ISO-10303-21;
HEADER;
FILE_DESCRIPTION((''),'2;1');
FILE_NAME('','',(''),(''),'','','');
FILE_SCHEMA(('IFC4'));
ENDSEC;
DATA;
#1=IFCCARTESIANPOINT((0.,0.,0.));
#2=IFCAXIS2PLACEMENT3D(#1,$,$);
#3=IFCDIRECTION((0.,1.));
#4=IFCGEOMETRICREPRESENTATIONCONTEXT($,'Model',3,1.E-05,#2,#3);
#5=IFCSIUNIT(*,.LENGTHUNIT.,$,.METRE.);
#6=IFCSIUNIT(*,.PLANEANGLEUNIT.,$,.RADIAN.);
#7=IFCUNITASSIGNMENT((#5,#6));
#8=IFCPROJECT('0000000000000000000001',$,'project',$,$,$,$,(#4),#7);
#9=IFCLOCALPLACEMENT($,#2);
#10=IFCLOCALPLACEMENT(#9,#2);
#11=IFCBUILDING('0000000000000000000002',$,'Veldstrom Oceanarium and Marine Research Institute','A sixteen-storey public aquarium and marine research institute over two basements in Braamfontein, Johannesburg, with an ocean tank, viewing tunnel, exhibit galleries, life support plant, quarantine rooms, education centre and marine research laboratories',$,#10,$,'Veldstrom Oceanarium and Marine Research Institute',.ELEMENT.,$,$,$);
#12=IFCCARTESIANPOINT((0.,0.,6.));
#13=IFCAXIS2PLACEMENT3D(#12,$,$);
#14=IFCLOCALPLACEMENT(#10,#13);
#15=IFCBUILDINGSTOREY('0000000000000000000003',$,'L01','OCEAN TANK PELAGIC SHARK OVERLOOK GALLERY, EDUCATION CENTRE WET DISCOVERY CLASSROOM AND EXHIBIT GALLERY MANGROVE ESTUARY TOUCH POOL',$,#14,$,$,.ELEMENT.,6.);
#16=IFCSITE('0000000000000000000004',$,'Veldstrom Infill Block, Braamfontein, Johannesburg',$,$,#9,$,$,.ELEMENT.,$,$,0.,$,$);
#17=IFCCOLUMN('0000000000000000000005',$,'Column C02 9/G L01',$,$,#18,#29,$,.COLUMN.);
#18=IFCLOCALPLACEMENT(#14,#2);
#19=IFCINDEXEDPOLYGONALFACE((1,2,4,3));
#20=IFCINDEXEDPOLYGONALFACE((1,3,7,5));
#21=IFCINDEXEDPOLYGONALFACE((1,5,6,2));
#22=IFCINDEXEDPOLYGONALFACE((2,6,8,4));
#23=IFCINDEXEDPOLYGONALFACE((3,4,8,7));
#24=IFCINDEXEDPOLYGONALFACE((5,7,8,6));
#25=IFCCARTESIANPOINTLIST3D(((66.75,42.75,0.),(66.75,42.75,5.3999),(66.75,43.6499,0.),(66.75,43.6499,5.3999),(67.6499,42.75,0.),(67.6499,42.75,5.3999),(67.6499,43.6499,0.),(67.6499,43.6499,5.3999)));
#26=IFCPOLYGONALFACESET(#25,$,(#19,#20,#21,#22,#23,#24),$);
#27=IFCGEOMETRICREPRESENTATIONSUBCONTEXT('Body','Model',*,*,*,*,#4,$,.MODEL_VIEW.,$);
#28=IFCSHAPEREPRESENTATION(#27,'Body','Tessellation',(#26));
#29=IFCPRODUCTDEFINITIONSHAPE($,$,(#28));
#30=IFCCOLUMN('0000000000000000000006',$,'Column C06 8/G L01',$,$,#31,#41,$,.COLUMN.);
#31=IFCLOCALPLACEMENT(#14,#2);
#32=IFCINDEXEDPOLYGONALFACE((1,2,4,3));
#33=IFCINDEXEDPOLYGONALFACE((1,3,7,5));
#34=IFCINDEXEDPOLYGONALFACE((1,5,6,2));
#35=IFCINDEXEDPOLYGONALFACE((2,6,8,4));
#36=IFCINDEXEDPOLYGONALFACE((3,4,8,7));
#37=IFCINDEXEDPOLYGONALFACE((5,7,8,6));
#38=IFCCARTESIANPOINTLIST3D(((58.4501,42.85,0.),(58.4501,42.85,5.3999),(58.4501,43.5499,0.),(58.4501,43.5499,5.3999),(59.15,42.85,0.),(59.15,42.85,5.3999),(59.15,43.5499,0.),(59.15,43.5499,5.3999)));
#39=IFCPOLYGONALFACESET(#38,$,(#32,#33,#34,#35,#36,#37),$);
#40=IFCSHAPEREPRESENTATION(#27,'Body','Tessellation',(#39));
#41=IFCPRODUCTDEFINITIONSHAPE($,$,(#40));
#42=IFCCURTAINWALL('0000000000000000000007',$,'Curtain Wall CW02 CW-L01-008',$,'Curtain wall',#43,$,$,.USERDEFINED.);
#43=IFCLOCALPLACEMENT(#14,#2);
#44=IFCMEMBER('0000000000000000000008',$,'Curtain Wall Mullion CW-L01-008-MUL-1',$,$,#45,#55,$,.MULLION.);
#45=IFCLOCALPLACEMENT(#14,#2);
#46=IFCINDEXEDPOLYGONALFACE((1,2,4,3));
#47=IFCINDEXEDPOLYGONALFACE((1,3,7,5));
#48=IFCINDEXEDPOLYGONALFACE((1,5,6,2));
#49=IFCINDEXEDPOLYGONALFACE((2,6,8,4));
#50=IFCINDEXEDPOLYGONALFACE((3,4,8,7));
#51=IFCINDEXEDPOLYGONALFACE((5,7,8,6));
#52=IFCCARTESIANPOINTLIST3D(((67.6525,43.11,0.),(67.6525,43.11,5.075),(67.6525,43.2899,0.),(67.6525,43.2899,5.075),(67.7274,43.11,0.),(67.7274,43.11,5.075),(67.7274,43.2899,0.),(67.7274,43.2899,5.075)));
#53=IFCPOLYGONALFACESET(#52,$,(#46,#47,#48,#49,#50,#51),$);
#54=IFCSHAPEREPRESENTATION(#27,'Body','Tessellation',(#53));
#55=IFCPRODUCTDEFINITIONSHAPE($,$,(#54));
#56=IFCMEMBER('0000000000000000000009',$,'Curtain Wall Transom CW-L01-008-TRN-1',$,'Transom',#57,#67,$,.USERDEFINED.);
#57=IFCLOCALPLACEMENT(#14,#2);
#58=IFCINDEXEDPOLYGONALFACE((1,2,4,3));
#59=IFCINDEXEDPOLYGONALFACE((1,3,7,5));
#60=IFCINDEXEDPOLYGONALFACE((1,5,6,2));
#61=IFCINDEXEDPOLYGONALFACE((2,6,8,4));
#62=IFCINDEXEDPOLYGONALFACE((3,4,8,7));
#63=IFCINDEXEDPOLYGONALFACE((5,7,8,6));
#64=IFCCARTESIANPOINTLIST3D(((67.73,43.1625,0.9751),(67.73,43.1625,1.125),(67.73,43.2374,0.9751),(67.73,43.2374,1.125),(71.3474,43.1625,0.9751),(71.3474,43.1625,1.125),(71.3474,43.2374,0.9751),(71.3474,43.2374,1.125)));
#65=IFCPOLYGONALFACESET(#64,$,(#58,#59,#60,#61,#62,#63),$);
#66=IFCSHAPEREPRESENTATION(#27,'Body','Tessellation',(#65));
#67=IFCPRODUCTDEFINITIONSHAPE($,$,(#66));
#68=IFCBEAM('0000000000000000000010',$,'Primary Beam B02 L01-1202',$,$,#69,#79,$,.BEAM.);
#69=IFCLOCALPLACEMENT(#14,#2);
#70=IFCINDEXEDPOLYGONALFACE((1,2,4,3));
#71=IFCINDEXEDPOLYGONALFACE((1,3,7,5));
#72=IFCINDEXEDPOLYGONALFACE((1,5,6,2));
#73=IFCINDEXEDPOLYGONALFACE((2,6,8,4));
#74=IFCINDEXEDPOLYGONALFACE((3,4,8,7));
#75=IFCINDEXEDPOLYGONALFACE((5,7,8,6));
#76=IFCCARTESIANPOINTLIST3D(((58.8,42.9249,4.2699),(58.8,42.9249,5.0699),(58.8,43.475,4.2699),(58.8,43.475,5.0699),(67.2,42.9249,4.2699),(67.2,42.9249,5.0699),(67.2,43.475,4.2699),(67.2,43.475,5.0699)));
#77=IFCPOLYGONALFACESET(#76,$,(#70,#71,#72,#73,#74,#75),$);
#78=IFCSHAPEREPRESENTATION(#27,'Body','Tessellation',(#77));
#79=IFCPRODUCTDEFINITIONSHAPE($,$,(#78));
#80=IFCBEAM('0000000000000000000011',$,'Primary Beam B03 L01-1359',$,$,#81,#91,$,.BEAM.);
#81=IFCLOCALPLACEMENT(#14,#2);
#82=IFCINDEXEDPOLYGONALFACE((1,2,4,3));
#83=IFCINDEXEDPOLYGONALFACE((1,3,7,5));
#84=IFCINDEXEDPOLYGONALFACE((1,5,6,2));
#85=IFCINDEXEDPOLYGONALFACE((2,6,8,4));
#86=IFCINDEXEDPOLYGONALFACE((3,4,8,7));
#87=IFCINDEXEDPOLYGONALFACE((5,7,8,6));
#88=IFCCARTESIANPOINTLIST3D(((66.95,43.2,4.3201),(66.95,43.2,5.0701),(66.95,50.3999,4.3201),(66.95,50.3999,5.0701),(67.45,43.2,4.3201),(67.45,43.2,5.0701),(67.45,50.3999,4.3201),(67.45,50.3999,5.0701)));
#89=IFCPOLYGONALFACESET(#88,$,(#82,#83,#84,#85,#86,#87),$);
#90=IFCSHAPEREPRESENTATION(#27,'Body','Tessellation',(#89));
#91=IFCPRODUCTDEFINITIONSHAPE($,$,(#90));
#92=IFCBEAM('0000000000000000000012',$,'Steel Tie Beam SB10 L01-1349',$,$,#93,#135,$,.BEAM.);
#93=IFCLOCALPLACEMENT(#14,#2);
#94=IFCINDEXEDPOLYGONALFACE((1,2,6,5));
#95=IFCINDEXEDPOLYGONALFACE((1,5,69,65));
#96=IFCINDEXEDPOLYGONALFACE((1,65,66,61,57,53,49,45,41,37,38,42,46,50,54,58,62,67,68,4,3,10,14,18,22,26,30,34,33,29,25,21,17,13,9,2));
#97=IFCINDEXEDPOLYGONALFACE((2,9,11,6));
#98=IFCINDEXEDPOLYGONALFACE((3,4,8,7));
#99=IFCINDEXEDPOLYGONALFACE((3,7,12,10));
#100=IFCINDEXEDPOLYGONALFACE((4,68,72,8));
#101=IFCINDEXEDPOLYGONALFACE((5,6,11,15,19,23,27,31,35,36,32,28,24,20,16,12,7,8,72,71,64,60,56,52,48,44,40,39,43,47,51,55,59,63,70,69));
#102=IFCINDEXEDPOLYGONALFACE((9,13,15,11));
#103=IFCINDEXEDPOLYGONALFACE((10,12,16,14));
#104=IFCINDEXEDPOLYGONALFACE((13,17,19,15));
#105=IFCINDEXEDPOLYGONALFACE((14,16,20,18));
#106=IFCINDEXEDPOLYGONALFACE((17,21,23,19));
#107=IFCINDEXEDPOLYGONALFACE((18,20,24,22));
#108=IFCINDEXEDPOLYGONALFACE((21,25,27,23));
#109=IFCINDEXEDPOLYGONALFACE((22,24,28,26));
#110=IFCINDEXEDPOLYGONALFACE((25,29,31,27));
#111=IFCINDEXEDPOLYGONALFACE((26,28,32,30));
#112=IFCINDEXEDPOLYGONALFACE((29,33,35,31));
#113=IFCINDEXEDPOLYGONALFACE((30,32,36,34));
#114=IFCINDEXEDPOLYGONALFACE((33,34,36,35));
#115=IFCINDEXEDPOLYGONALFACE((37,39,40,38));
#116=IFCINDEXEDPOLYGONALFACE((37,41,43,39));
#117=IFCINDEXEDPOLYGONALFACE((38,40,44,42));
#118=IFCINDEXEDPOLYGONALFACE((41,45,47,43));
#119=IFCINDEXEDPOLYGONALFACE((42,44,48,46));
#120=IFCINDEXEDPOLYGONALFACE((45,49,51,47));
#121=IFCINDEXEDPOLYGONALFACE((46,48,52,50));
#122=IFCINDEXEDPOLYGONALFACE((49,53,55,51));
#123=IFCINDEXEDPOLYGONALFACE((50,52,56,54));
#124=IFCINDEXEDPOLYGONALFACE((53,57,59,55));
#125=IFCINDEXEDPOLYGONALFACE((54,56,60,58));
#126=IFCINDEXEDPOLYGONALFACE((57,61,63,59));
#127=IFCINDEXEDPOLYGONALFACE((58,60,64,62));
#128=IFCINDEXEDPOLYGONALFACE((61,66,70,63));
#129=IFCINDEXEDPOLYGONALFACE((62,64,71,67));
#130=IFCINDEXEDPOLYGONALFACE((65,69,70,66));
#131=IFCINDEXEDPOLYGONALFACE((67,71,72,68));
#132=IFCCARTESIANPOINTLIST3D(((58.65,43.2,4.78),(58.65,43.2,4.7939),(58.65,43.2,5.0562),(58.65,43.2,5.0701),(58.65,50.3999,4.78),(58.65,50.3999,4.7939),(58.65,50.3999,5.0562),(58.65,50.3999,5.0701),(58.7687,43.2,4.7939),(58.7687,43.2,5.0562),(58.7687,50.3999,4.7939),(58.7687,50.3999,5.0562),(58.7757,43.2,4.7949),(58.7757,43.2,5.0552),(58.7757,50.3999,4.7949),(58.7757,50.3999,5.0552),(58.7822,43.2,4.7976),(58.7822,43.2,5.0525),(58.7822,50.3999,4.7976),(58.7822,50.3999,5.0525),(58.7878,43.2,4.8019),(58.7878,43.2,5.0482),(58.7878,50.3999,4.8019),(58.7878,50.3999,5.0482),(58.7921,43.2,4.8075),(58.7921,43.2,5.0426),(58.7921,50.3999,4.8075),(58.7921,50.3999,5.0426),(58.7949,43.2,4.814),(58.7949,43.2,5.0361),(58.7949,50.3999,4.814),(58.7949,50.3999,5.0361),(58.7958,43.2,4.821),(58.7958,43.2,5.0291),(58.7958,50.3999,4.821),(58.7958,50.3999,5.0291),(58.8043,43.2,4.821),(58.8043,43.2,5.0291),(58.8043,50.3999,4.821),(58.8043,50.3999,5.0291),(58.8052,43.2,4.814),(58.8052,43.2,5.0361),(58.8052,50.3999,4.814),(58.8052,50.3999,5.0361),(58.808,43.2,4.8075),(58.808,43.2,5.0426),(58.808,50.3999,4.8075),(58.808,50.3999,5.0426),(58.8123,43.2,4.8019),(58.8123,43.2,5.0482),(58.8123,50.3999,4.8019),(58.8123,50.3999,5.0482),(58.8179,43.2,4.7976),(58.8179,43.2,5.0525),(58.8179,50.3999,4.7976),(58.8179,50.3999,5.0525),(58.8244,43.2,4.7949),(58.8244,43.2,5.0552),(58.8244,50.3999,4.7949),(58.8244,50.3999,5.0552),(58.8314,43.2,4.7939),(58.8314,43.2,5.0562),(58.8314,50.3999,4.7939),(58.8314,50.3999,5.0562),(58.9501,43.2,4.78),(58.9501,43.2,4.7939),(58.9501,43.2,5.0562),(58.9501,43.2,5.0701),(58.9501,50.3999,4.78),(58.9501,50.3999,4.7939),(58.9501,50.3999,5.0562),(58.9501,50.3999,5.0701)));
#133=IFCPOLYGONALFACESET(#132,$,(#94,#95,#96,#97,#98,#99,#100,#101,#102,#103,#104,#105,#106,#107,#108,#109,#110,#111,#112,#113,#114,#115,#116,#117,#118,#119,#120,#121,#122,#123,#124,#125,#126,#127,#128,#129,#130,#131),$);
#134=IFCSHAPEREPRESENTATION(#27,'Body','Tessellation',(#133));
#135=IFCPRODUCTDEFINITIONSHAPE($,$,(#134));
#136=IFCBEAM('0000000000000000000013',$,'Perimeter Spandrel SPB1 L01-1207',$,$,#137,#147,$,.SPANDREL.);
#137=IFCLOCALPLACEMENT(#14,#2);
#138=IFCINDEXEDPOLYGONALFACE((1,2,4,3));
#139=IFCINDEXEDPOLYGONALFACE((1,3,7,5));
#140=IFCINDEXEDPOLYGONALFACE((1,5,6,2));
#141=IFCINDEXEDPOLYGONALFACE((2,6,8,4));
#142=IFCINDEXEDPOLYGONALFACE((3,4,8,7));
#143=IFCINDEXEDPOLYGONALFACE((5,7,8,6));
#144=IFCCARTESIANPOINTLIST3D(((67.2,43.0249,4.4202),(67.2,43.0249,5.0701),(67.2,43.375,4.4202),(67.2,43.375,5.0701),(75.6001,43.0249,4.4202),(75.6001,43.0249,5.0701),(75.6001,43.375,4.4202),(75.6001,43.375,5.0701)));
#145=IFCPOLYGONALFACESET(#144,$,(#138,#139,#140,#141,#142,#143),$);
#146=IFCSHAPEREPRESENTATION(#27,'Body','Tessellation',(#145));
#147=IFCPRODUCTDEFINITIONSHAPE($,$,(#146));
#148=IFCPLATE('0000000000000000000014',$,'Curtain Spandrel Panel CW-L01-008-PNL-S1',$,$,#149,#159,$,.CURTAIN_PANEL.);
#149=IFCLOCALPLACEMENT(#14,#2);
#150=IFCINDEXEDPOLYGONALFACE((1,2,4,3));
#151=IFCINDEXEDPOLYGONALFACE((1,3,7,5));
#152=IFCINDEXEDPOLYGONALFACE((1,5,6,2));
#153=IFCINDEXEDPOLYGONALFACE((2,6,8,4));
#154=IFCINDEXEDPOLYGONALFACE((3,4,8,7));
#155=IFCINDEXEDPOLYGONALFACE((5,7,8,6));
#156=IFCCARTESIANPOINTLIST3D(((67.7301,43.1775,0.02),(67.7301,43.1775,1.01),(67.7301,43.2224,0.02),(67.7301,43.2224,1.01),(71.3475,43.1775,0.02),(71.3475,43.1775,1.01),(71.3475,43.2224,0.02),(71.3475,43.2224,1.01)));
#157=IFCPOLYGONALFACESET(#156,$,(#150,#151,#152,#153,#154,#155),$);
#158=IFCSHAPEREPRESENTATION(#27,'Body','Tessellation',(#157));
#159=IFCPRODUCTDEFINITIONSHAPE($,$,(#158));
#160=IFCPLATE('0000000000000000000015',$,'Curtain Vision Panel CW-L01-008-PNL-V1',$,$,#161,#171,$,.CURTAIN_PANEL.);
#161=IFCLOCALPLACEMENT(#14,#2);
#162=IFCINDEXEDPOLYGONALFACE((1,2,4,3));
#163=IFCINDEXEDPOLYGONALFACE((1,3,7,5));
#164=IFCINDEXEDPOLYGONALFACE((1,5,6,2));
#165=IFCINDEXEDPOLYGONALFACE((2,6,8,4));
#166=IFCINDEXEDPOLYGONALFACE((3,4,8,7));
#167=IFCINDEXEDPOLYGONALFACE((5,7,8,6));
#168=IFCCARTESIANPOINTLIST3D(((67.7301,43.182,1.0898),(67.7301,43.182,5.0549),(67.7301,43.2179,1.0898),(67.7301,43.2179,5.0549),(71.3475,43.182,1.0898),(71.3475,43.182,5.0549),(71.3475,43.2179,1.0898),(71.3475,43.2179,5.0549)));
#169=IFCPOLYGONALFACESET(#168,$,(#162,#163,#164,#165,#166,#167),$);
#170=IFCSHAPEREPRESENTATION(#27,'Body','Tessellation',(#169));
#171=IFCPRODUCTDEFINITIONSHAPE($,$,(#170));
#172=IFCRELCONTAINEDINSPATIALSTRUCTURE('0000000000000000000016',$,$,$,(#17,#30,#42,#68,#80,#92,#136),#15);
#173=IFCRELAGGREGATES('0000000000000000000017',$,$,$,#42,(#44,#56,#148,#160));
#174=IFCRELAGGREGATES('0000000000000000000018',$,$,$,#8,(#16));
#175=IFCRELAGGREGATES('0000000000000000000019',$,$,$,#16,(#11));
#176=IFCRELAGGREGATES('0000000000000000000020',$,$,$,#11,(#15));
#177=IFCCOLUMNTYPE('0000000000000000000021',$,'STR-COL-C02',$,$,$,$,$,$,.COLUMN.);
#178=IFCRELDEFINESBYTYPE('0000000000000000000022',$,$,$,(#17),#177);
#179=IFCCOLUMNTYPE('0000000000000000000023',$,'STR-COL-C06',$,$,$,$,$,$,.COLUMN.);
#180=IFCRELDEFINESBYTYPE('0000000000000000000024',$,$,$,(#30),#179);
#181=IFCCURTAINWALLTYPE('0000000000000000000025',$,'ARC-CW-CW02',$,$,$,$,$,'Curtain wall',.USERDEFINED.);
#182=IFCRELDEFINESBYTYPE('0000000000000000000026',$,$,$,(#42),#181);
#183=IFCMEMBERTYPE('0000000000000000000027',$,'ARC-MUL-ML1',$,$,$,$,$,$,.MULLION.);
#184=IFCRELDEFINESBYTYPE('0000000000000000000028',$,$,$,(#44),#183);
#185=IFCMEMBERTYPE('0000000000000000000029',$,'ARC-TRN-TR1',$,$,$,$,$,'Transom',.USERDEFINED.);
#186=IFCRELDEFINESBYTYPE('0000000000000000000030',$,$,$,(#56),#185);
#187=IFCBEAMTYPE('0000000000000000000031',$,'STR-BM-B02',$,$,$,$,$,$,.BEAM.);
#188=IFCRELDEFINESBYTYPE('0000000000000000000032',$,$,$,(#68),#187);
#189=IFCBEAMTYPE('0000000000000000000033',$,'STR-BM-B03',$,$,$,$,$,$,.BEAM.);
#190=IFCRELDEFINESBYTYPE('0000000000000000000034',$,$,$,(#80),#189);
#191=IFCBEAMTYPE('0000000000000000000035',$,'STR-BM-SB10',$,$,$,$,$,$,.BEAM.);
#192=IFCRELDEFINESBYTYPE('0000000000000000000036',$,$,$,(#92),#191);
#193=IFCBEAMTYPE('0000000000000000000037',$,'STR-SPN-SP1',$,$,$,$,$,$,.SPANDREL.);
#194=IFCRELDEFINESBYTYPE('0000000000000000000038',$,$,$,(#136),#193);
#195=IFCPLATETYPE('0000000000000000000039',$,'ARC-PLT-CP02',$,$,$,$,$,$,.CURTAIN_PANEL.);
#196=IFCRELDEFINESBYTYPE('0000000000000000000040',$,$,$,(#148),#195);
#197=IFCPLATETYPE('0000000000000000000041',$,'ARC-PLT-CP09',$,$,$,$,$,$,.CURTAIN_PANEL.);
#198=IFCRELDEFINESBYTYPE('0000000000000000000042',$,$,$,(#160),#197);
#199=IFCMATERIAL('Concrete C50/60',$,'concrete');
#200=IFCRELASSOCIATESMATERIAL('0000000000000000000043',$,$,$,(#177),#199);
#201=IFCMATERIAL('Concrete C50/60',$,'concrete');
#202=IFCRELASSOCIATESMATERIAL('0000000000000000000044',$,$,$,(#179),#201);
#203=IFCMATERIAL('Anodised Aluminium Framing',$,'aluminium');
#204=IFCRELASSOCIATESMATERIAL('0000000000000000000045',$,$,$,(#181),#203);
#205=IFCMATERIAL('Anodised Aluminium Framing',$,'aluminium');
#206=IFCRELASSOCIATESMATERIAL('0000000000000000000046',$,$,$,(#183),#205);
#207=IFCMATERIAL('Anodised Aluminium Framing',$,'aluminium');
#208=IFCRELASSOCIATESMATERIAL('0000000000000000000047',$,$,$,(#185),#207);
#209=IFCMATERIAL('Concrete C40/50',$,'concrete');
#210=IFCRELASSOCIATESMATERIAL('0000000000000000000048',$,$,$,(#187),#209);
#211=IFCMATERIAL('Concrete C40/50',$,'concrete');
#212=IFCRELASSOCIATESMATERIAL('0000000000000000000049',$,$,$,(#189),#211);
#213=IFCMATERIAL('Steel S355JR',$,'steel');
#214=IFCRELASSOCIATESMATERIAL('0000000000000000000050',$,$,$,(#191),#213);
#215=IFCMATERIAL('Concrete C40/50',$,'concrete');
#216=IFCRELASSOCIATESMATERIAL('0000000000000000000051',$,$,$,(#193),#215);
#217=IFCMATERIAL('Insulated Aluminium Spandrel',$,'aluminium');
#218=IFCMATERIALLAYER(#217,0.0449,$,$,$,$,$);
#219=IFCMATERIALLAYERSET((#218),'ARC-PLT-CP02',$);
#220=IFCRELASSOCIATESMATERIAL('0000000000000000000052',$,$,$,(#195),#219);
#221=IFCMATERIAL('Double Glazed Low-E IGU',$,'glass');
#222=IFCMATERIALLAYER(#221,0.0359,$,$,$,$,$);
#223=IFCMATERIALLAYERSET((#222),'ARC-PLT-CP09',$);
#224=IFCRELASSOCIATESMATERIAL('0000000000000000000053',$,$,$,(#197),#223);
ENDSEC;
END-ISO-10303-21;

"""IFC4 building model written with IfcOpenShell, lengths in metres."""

from ifc_helpers import new_model, si_unit, direction, frame, origin, origin_2d, place, context, subcontext, project, spatial, rectangle, i_section, extrude, material, layer, layer_set, material_profile, profile_set, type_object, element, aggregate, save


model = new_model("IFC4")

# Units and contexts
model_context = context("Model", 3, precision=1e-05, world=origin(), true_north=direction((0.0, 1.0)))
body_context = subcontext(model_context, "Body", "Model", "MODEL_VIEW")
ifc_project = project(units=[si_unit("LENGTHUNIT", "METRE"), si_unit("PLANEANGLEUNIT", "RADIAN")], contexts=[model_context])

# Site, building, storey
site_placement = place(None, origin())
site = spatial("IfcSite", under=ifc_project, at=site_placement, Name="Veldstrom Infill Block, Braamfontein, Johannesburg", CompositionType="ELEMENT", RefElevation=0.0)
building_placement = place(site_placement, origin())
building = spatial("IfcBuilding", under=site, at=building_placement, Name="Veldstrom Oceanarium and Marine Research Institute", Description="A sixteen-storey public aquarium and marine research institute over two basements in Braamfontein, Johannesburg, with an ocean tank, viewing tunnel, exhibit galleries, life support plant, quarantine rooms, education centre and marine research laboratories", LongName="Veldstrom Oceanarium and Marine Research Institute", CompositionType="ELEMENT")
storey_placement = place(building_placement, frame((0.0, 0.0, 6.0)))
storey = spatial("IfcBuildingStorey", under=building, at=storey_placement, Name="L01", Description="OCEAN TANK PELAGIC SHARK OVERLOOK GALLERY, EDUCATION CENTRE WET DISCOVERY CLASSROOM AND EXHIBIT GALLERY MANGROVE ESTUARY TOUCH POOL", CompositionType="ELEMENT", Elevation=6.0)

# Columns
ifc_material_1 = material(Name="Concrete C50/60", Category="concrete")
ifc_material_profile_1 = material_profile(ifc_material_1, rectangle(XDim=0.8999, YDim=0.8999, at=origin_2d()), Name="RC-COL-900x900")
ifc_profile_set_1 = profile_set([ifc_material_profile_1], Name="Concrete C50/60")
column_type_1 = type_object("IfcColumnType", Name="STR-COL-C02", PredefinedType="COLUMN", material=ifc_profile_set_1)
column_1_placement = place(storey_placement, frame((67.2, 43.2, 0.0), z_axis=(0.0, 0.0, 1.0), x_axis=(1.0, 0.0, 0.0)))
element("IfcColumn", 1, at=column_1_placement, inside=storey, type_object=column_type_1, Name="Column C02 9/G L01", PredefinedType="COLUMN", context=body_context, shape_type="SweptSolid", body=[
    extrude(rectangle(XDim=0.8999, YDim=0.8999, at=origin_2d()), origin(), (0.0, 0.0, 1.0), 5.3999),
])
ifc_material_2 = material(Name="Concrete C50/60", Category="concrete")
ifc_material_profile_2 = material_profile(ifc_material_2, rectangle(XDim=0.7, YDim=0.7, at=origin_2d()), Name="RC-COL-700x700")
ifc_profile_set_2 = profile_set([ifc_material_profile_2], Name="Concrete C50/60")
column_type_2 = type_object("IfcColumnType", Name="STR-COL-C06", PredefinedType="COLUMN", material=ifc_profile_set_2)
column_2_placement = place(storey_placement, frame((58.8, 43.2, 0.0), z_axis=(0.0, 0.0, 1.0), x_axis=(1.0, 0.0, 0.0)))
element("IfcColumn", 2, at=column_2_placement, inside=storey, type_object=column_type_2, Name="Column C06 8/G L01", PredefinedType="COLUMN", context=body_context, shape_type="SweptSolid", body=[
    extrude(rectangle(XDim=0.7, YDim=0.7, at=origin_2d()), origin(), (0.0, 0.0, 1.0), 5.3999),
])

# Curtain wall, members
ifc_material_3 = material(Name="Anodised Aluminium Framing", Category="aluminium")
curtain_wall_type = type_object("IfcCurtainWallType", Name="ARC-CW-CW02", ElementType="Curtain wall", PredefinedType="USERDEFINED", material=ifc_material_3)
curtain_wall_placement = place(storey_placement, origin())
curtain_wall = element("IfcCurtainWall", 3, at=curtain_wall_placement, inside=storey, type_object=curtain_wall_type, Name="Curtain Wall CW02 CW-L01-008", ObjectType="Curtain wall", PredefinedType="USERDEFINED")
ifc_material_4 = material(Name="Anodised Aluminium Framing", Category="aluminium")
ifc_material_profile_3 = material_profile(ifc_material_4, rectangle(XDim=0.075, YDim=0.1799, at=origin_2d()), Name="ALU-MUL-75x180")
ifc_profile_set_3 = profile_set([ifc_material_profile_3], Name="Anodised Aluminium Framing")
member_type_1 = type_object("IfcMemberType", Name="ARC-MUL-ML1", PredefinedType="MULLION", material=ifc_profile_set_3)
member_1_placement = place(storey_placement, frame((67.6899, 43.2, 0.0), z_axis=(0.0, 0.0, 1.0), x_axis=(1.0, 0.0, 0.0)))
member_1 = element("IfcMember", 4, at=member_1_placement, type_object=member_type_1, Name="Curtain Wall Mullion CW-L01-008-MUL-1", PredefinedType="MULLION", context=body_context, shape_type="SweptSolid", body=[
    extrude(rectangle(XDim=0.075, YDim=0.1799, at=origin_2d()), origin(), (0.0, 0.0, 1.0), 5.075),
])
ifc_material_5 = material(Name="Anodised Aluminium Framing", Category="aluminium")
ifc_material_profile_4 = material_profile(ifc_material_5, rectangle(XDim=0.075, YDim=0.1499, at=origin_2d()), Name="ALU-TRN-75x150")
ifc_profile_set_4 = profile_set([ifc_material_profile_4], Name="Anodised Aluminium Framing")
member_type_2 = type_object("IfcMemberType", Name="ARC-TRN-TR1", ElementType="Transom", PredefinedType="USERDEFINED", material=ifc_profile_set_4)
member_2_placement = place(storey_placement, frame((67.73, 43.2, 1.05), z_axis=(1.0, 0.0, 0.0), x_axis=(0.0, 1.0, 0.0)))
member_2 = element("IfcMember", 5, at=member_2_placement, type_object=member_type_2, Name="Curtain Wall Transom CW-L01-008-TRN-1", ObjectType="Transom", PredefinedType="USERDEFINED", context=body_context, shape_type="SweptSolid", body=[
    extrude(rectangle(XDim=0.075, YDim=0.1499, at=origin_2d()), origin(), (0.0, 0.0, 1.0), 3.6174),
])

# Beams
ifc_material_6 = material(Name="Concrete C40/50", Category="concrete")
ifc_material_profile_5 = material_profile(ifc_material_6, rectangle(XDim=0.55, YDim=0.8, at=origin_2d()), Name="RC-BM-550x800")
ifc_profile_set_5 = profile_set([ifc_material_profile_5], Name="Concrete C40/50")
beam_type_1 = type_object("IfcBeamType", Name="STR-BM-B02", PredefinedType="BEAM", material=ifc_profile_set_5)
beam_1_placement = place(storey_placement, frame((58.8, 43.2, 4.6699), z_axis=(1.0, 0.0, 0.0), x_axis=(0.0, 1.0, 0.0)))
element("IfcBeam", 6, at=beam_1_placement, inside=storey, type_object=beam_type_1, Name="Primary Beam B02 L01-1202", PredefinedType="BEAM", context=body_context, shape_type="SweptSolid", body=[
    extrude(rectangle(XDim=0.55, YDim=0.8, at=origin_2d()), origin(), (0.0, 0.0, 1.0), 8.3999),
])
ifc_material_7 = material(Name="Concrete C40/50", Category="concrete")
ifc_material_profile_6 = material_profile(ifc_material_7, rectangle(XDim=0.5, YDim=0.75, at=origin_2d()), Name="RC-BM-500x750")
ifc_profile_set_6 = profile_set([ifc_material_profile_6], Name="Concrete C40/50")
beam_type_2 = type_object("IfcBeamType", Name="STR-BM-B03", PredefinedType="BEAM", material=ifc_profile_set_6)
beam_2_placement = place(storey_placement, frame((67.2, 43.2, 4.6951), z_axis=(0.0, 1.0, 0.0), x_axis=(-1.0, 0.0, 0.0)))
element("IfcBeam", 7, at=beam_2_placement, inside=storey, type_object=beam_type_2, Name="Primary Beam B03 L01-1359", PredefinedType="BEAM", context=body_context, shape_type="SweptSolid", body=[
    extrude(rectangle(XDim=0.5, YDim=0.75, at=origin_2d()), origin(), (0.0, 0.0, 1.0), 7.2),
])
ifc_material_8 = material(Name="Steel S355JR", Category="steel")
ifc_material_profile_7 = material_profile(ifc_material_8, i_section(OverallWidth=0.3, OverallDepth=0.29, WebThickness=0.0085, FlangeThickness=0.0139, FilletRadius=0.0271, at=origin_2d()), Name="HEA 300")
ifc_profile_set_7 = profile_set([ifc_material_profile_7], Name="Steel S355JR")
beam_type_3 = type_object("IfcBeamType", Name="STR-BM-SB10", PredefinedType="BEAM", material=ifc_profile_set_7)
beam_3_placement = place(storey_placement, frame((58.8, 43.2, 4.925), z_axis=(0.0, 1.0, 0.0), x_axis=(-1.0, 0.0, 0.0)))
element("IfcBeam", 8, at=beam_3_placement, inside=storey, type_object=beam_type_3, Name="Steel Tie Beam SB10 L01-1349", PredefinedType="BEAM", context=body_context, shape_type="SweptSolid", body=[
    extrude(i_section(OverallWidth=0.3, OverallDepth=0.29, WebThickness=0.0085, FlangeThickness=0.0139, FilletRadius=0.0271, at=origin_2d()), origin(), (0.0, 0.0, 1.0), 7.2),
])
ifc_material_9 = material(Name="Concrete C40/50", Category="concrete")
ifc_material_profile_8 = material_profile(ifc_material_9, rectangle(XDim=0.3501, YDim=0.6499, at=origin_2d()), Name="RC-SPN-350x650")
ifc_profile_set_8 = profile_set([ifc_material_profile_8], Name="Concrete C40/50")
beam_type_4 = type_object("IfcBeamType", Name="STR-SPN-SP1", PredefinedType="SPANDREL", material=ifc_profile_set_8)
beam_4_placement = place(storey_placement, frame((67.2, 43.2, 4.7451), z_axis=(1.0, 0.0, 0.0), x_axis=(0.0, 1.0, 0.0)))
element("IfcBeam", 9, at=beam_4_placement, inside=storey, type_object=beam_type_4, Name="Perimeter Spandrel SPB1 L01-1207", PredefinedType="SPANDREL", context=body_context, shape_type="SweptSolid", body=[
    extrude(rectangle(XDim=0.3501, YDim=0.6499, at=origin_2d()), origin(), (0.0, 0.0, 1.0), 8.4001),
])

# Plates
ifc_material_10 = material(Name="Insulated Aluminium Spandrel", Category="aluminium")
ifc_layer_1 = layer(ifc_material_10, 0.0449)
ifc_layer_set_1 = layer_set([ifc_layer_1], Name="ARC-PLT-CP02")
plate_type_1 = type_object("IfcPlateType", Name="ARC-PLT-CP02", PredefinedType="CURTAIN_PANEL", material=ifc_layer_set_1)
plate_1_placement = place(storey_placement, frame((69.5388, 43.2, 0.02), z_axis=(0.0, 0.0, 1.0), x_axis=(1.0, 0.0, 0.0)))
plate_1 = element("IfcPlate", 10, at=plate_1_placement, type_object=plate_type_1, Name="Curtain Spandrel Panel CW-L01-008-PNL-S1", PredefinedType="CURTAIN_PANEL", context=body_context, shape_type="SweptSolid", body=[
    extrude(rectangle(XDim=3.6174, YDim=0.0449, at=origin_2d()), origin(), (0.0, 0.0, 1.0), 0.99),
])
ifc_material_11 = material(Name="Double Glazed Low-E IGU", Category="glass")
ifc_layer_2 = layer(ifc_material_11, 0.0359)
ifc_layer_set_2 = layer_set([ifc_layer_2], Name="ARC-PLT-CP09")
plate_type_2 = type_object("IfcPlateType", Name="ARC-PLT-CP09", PredefinedType="CURTAIN_PANEL", material=ifc_layer_set_2)
plate_2_placement = place(storey_placement, frame((69.5388, 43.2, 1.0898), z_axis=(0.0, 0.0, 1.0), x_axis=(1.0, 0.0, 0.0)))
plate_2 = element("IfcPlate", 11, at=plate_2_placement, type_object=plate_type_2, Name="Curtain Vision Panel CW-L01-008-PNL-V1", PredefinedType="CURTAIN_PANEL", context=body_context, shape_type="SweptSolid", body=[
    extrude(rectangle(XDim=3.6174, YDim=0.0359, at=origin_2d()), origin(), (0.0, 0.0, 1.0), 3.9651),
])
aggregate(curtain_wall, [member_1, member_2, plate_1, plate_2])

save(model, "model.ifc")
